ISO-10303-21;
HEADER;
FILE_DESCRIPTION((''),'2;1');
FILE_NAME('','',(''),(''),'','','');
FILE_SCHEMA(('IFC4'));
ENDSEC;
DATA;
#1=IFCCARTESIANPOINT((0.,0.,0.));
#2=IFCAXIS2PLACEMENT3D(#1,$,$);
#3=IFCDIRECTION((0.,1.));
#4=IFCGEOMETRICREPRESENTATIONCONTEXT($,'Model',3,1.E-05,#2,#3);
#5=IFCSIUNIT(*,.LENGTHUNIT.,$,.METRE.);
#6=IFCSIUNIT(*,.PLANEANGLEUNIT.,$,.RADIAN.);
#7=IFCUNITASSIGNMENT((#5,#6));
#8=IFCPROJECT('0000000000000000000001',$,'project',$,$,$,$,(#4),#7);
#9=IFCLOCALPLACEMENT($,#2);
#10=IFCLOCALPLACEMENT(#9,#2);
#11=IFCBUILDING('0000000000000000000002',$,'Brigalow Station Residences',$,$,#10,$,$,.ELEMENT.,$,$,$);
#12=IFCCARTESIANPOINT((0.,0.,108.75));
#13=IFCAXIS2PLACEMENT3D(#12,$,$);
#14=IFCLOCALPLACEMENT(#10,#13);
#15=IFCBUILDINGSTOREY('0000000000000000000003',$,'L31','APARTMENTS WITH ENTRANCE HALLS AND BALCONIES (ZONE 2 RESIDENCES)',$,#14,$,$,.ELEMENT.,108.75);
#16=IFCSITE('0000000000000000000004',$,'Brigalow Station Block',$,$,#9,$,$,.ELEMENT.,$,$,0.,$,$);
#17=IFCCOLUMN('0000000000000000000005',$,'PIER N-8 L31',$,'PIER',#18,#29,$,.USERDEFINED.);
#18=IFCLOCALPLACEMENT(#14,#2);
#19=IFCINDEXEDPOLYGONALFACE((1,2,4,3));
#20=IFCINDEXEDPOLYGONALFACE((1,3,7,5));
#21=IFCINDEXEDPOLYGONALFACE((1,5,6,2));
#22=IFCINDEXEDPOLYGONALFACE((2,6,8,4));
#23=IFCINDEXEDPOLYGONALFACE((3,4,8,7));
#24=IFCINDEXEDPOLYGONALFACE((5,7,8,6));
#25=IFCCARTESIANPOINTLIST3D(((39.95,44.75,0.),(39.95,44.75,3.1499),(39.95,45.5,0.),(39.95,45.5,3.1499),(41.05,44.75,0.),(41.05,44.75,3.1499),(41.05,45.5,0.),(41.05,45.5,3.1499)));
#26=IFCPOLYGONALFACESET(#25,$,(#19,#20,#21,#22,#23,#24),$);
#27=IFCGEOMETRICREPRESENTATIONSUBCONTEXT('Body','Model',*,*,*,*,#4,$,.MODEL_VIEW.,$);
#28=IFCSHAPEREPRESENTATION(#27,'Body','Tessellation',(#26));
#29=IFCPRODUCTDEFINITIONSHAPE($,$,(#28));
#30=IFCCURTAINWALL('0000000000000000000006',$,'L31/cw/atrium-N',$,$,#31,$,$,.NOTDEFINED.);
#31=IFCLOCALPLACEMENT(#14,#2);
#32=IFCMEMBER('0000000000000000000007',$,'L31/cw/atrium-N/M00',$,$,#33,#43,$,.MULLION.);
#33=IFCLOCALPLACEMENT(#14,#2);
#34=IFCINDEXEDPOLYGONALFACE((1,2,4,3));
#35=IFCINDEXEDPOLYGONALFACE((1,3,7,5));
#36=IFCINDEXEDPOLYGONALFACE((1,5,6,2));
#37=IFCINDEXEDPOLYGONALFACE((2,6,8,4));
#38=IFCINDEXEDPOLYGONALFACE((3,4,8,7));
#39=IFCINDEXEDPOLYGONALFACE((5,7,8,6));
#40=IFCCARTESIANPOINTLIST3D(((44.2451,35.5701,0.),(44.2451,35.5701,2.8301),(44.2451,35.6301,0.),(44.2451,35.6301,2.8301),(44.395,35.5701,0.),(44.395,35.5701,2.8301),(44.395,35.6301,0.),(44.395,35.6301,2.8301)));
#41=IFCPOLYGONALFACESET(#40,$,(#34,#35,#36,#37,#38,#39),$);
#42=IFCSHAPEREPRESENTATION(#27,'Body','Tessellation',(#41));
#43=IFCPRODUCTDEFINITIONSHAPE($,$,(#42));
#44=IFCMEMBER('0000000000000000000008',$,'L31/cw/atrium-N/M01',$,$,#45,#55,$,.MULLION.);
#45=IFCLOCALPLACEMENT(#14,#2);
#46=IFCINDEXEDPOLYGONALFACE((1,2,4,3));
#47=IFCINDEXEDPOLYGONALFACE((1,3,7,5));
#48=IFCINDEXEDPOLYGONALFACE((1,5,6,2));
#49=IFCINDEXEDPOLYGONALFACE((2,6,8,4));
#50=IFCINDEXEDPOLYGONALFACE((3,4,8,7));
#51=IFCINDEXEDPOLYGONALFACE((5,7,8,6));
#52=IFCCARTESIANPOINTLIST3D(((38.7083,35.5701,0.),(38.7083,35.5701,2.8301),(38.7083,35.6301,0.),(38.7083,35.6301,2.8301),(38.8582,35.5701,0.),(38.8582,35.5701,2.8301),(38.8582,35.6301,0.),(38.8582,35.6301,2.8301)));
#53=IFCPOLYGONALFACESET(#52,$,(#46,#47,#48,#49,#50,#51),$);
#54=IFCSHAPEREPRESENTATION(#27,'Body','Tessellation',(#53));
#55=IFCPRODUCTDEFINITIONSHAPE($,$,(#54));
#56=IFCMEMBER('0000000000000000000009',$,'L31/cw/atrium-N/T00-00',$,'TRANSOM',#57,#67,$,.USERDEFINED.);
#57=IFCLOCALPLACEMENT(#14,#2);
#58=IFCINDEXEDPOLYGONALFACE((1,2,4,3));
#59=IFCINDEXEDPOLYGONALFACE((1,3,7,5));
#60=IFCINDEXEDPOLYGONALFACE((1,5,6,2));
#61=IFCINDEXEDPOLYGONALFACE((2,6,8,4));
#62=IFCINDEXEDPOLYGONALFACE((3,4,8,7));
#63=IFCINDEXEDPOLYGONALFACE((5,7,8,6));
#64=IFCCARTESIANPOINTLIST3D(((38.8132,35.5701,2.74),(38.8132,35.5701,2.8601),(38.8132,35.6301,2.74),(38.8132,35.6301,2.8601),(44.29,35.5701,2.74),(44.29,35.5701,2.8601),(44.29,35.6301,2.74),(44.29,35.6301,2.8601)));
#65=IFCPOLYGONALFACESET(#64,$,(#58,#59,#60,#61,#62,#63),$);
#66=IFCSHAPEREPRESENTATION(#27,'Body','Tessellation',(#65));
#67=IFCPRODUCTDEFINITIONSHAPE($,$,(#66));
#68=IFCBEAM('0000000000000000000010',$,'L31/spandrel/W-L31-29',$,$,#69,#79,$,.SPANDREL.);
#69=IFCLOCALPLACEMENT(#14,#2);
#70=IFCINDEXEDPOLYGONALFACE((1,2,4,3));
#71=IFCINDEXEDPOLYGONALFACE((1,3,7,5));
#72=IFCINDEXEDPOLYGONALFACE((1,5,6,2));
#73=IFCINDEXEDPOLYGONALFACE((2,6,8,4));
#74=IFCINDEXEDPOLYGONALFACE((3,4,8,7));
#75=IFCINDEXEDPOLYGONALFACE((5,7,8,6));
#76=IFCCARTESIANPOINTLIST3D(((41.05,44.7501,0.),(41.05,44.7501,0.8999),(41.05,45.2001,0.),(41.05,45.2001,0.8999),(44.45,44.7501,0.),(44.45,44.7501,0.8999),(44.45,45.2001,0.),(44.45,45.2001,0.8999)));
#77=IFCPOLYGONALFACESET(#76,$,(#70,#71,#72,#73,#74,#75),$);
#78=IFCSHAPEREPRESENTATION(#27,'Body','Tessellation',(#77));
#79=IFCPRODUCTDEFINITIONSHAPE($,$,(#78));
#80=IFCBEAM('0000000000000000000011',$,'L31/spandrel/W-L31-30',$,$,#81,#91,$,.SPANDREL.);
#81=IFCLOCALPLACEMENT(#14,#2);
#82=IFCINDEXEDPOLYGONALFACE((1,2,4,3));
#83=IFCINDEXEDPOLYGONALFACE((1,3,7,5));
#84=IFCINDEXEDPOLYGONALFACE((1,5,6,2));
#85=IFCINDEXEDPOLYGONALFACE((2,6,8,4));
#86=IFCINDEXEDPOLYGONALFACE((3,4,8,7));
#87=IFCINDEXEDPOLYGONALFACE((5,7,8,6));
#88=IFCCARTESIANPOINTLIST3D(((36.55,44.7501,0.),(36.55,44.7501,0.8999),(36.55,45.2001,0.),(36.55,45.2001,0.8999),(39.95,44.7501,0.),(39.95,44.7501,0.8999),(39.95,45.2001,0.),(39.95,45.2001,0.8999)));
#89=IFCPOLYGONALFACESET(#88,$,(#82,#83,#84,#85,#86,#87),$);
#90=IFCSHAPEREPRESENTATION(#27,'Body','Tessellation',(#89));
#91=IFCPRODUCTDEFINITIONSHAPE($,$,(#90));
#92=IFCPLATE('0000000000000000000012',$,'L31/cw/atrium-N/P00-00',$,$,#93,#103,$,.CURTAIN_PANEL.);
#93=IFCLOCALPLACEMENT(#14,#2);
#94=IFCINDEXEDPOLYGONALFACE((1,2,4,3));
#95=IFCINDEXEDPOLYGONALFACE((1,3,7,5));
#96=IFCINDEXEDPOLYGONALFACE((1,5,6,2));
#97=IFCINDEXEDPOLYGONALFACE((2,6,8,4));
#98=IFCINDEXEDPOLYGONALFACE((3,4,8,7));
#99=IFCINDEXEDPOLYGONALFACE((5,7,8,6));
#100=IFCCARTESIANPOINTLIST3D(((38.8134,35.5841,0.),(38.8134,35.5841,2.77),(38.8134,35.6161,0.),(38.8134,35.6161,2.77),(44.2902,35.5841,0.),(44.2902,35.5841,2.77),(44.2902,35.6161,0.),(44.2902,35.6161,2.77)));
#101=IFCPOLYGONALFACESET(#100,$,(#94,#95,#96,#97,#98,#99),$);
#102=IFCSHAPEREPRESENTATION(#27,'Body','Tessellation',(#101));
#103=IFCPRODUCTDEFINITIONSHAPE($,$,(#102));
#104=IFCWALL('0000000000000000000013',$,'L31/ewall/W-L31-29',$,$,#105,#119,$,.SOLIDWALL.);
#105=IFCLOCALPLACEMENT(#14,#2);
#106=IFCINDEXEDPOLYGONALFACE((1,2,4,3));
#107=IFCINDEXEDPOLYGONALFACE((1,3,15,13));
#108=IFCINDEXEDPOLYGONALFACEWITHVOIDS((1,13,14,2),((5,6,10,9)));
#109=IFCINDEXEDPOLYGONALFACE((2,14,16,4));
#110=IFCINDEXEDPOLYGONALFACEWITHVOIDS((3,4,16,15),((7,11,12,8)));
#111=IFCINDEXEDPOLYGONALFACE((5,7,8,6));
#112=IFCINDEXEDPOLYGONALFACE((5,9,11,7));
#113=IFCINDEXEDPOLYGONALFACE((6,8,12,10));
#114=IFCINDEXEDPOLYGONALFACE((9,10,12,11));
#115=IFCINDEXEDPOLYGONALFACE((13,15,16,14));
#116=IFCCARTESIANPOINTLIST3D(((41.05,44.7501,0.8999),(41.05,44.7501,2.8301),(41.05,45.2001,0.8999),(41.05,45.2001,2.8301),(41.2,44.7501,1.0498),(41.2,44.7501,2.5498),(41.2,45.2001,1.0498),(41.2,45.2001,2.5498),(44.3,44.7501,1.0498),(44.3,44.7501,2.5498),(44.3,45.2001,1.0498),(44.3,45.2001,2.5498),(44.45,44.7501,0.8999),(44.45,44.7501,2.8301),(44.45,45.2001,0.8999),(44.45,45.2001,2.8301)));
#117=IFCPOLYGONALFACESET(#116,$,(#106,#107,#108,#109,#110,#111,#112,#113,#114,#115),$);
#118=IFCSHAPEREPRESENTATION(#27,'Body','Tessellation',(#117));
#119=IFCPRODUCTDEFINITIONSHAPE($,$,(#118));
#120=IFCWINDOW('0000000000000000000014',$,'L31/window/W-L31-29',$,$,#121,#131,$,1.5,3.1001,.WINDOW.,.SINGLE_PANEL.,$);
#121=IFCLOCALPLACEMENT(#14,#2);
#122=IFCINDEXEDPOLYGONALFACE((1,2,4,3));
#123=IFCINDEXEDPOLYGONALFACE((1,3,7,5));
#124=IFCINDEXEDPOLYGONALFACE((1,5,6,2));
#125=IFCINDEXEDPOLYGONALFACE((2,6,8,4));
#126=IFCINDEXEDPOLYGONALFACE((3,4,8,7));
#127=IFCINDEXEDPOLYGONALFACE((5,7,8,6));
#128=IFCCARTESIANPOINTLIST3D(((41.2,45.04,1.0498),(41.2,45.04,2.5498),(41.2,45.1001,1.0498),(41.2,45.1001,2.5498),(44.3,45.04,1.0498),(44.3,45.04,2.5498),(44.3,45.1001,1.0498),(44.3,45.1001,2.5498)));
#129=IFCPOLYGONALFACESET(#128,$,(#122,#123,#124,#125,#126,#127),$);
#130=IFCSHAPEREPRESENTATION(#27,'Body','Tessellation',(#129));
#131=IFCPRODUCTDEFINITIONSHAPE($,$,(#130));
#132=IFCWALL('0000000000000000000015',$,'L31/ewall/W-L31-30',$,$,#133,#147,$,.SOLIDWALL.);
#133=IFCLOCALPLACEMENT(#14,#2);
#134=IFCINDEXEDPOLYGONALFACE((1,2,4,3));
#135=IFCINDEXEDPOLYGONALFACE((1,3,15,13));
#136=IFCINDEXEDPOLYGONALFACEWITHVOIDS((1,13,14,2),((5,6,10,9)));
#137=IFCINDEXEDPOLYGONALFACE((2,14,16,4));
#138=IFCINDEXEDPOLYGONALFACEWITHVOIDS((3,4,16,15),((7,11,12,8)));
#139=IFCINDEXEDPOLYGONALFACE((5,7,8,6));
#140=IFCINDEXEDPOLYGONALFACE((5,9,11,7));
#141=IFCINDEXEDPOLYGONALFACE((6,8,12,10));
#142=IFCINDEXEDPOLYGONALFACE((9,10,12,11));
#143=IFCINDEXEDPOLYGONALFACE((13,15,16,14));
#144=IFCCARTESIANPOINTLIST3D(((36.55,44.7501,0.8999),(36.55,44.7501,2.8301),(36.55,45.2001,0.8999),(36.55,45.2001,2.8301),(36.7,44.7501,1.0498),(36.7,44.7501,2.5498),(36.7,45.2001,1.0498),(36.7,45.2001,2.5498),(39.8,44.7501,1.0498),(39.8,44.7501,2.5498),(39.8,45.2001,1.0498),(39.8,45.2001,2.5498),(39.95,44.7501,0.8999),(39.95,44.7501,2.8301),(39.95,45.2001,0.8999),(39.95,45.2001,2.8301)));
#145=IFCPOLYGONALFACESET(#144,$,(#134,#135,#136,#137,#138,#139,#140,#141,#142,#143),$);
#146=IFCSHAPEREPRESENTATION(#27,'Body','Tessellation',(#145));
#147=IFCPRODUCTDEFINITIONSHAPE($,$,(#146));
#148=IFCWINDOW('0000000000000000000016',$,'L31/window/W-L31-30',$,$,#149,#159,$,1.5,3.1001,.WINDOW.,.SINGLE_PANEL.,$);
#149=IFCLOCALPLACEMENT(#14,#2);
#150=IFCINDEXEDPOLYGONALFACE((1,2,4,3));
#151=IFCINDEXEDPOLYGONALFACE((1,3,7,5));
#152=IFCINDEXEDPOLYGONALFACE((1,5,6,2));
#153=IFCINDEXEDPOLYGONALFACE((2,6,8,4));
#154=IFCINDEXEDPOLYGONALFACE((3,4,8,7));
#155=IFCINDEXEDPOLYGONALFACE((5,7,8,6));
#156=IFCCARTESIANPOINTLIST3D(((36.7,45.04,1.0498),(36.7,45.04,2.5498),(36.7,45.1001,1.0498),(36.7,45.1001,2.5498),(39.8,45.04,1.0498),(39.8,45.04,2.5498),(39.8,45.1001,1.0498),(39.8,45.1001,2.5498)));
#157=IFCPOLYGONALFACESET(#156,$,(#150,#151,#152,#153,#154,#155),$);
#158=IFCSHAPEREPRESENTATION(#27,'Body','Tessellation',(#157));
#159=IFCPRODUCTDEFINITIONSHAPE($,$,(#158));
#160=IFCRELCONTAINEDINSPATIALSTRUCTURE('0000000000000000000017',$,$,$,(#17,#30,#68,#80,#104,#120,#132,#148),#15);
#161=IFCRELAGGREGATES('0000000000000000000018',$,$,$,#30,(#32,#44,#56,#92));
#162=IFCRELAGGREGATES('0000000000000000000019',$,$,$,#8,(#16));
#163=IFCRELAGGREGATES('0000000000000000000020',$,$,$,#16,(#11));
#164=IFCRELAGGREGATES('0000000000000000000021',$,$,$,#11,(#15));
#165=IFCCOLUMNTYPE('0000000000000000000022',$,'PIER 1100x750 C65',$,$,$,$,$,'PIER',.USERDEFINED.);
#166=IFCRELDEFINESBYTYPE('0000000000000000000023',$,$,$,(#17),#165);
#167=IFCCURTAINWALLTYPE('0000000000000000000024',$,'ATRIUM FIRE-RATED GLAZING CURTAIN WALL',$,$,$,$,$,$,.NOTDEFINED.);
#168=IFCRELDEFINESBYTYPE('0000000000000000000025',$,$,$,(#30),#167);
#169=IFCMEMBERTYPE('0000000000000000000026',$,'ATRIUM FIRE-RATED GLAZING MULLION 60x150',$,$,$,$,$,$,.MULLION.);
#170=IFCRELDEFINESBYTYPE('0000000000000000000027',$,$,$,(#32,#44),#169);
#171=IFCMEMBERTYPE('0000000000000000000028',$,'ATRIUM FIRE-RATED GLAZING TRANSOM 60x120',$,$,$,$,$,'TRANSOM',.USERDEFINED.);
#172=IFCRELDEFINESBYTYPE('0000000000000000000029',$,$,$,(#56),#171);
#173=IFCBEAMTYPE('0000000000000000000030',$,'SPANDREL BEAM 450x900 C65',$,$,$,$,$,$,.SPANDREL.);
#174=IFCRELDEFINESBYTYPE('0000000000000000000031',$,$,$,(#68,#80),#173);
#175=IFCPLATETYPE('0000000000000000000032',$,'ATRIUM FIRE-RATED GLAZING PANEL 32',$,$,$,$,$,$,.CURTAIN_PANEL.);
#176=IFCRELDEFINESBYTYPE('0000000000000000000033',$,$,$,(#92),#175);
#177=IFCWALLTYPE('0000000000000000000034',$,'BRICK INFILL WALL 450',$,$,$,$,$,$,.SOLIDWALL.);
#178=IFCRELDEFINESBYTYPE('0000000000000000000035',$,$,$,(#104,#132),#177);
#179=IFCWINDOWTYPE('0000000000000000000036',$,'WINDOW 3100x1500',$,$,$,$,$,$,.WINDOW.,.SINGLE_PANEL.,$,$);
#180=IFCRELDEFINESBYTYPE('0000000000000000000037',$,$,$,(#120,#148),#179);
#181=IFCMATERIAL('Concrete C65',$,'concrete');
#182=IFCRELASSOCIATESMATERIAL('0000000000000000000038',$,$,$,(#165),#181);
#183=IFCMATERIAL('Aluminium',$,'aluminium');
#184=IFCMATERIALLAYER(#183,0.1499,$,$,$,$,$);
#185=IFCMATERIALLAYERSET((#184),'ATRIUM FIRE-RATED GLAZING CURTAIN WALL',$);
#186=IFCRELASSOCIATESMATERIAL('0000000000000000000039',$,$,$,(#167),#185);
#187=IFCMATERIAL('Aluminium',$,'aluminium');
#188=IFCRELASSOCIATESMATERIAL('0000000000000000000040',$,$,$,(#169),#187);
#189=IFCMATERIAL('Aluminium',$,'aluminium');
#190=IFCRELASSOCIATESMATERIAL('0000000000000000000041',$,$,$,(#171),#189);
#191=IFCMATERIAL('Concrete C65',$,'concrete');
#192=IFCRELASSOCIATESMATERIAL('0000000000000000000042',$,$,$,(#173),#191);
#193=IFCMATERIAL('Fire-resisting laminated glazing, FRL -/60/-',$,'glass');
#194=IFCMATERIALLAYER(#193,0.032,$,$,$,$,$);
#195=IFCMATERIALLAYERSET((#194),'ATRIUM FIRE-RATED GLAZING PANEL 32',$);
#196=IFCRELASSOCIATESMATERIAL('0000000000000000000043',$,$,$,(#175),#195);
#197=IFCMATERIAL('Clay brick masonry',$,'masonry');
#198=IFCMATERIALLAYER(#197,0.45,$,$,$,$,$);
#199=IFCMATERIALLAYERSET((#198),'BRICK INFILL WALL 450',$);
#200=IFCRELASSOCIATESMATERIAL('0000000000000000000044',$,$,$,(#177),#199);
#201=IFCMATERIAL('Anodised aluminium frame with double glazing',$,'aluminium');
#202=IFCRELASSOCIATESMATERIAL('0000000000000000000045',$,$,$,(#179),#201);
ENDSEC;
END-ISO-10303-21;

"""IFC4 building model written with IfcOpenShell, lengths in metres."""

from ifc_helpers import new_model, si_unit, direction, frame, frame_2d, origin, origin_2d, place, context, subcontext, project, spatial, rectangle, extrude, material, layer, layer_set, material_profile, profile_set, type_object, element, fill, aggregate, save


model = new_model("IFC4")

# Units and contexts
model_context = context("Model", 3, precision=1e-05, world=origin(), true_north=direction((0.0, 1.0)))
body_context = subcontext(model_context, "Body", "Model", "MODEL_VIEW")
ifc_project = project(units=[si_unit("LENGTHUNIT", "METRE"), si_unit("PLANEANGLEUNIT", "RADIAN")], contexts=[model_context])

# Site, building, storey
site_placement = place(None, origin())
site = spatial("IfcSite", under=ifc_project, at=site_placement, Name="Brigalow Station Block", CompositionType="ELEMENT", RefElevation=0.0)
building_placement = place(site_placement, origin())
building = spatial("IfcBuilding", under=site, at=building_placement, Name="Brigalow Station Residences", CompositionType="ELEMENT")
storey_placement = place(building_placement, frame((0.0, 0.0, 108.75)))
storey = spatial("IfcBuildingStorey", under=building, at=storey_placement, Name="L31", Description="APARTMENTS WITH ENTRANCE HALLS AND BALCONIES (ZONE 2 RESIDENCES)", CompositionType="ELEMENT", Elevation=108.75)

# Column
ifc_material_1 = material(Name="Concrete C65", Category="concrete")
ifc_material_profile_1 = material_profile(ifc_material_1, rectangle(XDim=1.1001, YDim=0.75, at=origin_2d()), Name="RC1100x750")
ifc_profile_set_1 = profile_set([ifc_material_profile_1], Name="Concrete C65")
column_type = type_object("IfcColumnType", Name="PIER 1100x750 C65", ElementType="PIER", PredefinedType="USERDEFINED", material=ifc_profile_set_1)
column_placement = place(storey_placement, frame((40.5, 45.125, 0.0), z_axis=(0.0, 0.0, 1.0), x_axis=(-1.0, 0.0, 0.0)))
element("IfcColumn", 1, at=column_placement, inside=storey, type_object=column_type, Name="PIER N-8 L31", ObjectType="PIER", PredefinedType="USERDEFINED", context=body_context, shape_type="SweptSolid", body=[
    extrude(rectangle(XDim=1.1001, YDim=0.75, at=origin_2d()), origin(), (0.0, 0.0, 1.0), 3.1499),
])

# Curtain wall, members
ifc_material_2 = material(Name="Aluminium", Category="aluminium")
ifc_layer_1 = layer(ifc_material_2, 0.1499)
ifc_layer_set_1 = layer_set([ifc_layer_1], Name="ATRIUM FIRE-RATED GLAZING CURTAIN WALL")
curtain_wall_type = type_object("IfcCurtainWallType", Name="ATRIUM FIRE-RATED GLAZING CURTAIN WALL", PredefinedType="NOTDEFINED", material=ifc_layer_set_1)
curtain_wall_placement = place(storey_placement, origin())
curtain_wall = element("IfcCurtainWall", 2, at=curtain_wall_placement, inside=storey, type_object=curtain_wall_type, Name="L31/cw/atrium-N", PredefinedType="NOTDEFINED")
ifc_material_3 = material(Name="Aluminium", Category="aluminium")
ifc_material_profile_2 = material_profile(ifc_material_3, rectangle(XDim=0.0601, YDim=0.1499, at=origin_2d()), Name="ATRIUM FIRE-RATED GLAZING MULLION 60x150")
ifc_profile_set_2 = profile_set([ifc_material_profile_2], Name="Aluminium")
member_type_1 = type_object("IfcMemberType", Name="ATRIUM FIRE-RATED GLAZING MULLION 60x150", PredefinedType="MULLION", material=ifc_profile_set_2)
member_1_placement = place(storey_placement, frame((44.3201, 35.6001, 0.0), z_axis=(0.0, 0.0, 1.0), x_axis=(0.0, -1.0, 0.0)))
member_1 = element("IfcMember", 3, at=member_1_placement, type_object=member_type_1, Name="L31/cw/atrium-N/M00", PredefinedType="MULLION", context=body_context, shape_type="SweptSolid", body=[
    extrude(rectangle(XDim=0.0601, YDim=0.1499, at=origin_2d()), origin(), (0.0, 0.0, 1.0), 2.8301),
])
member_2_placement = place(storey_placement, frame((38.7832, 35.6001, 0.0), z_axis=(0.0, 0.0, 1.0), x_axis=(0.0, -1.0, 0.0)))
member_2 = element("IfcMember", 4, at=member_2_placement, type_object=member_type_1, Name="L31/cw/atrium-N/M01", PredefinedType="MULLION", context=body_context, shape_type="SweptSolid", body=[
    extrude(rectangle(XDim=0.0601, YDim=0.1499, at=origin_2d()), origin(), (0.0, 0.0, 1.0), 2.8301),
])
ifc_material_4 = material(Name="Aluminium", Category="aluminium")
ifc_material_profile_3 = material_profile(ifc_material_4, rectangle(XDim=0.0601, YDim=0.1201, at=origin_2d()), Name="ATRIUM FIRE-RATED GLAZING TRANSOM 60x120")
ifc_profile_set_3 = profile_set([ifc_material_profile_3], Name="Aluminium")
member_type_2 = type_object("IfcMemberType", Name="ATRIUM FIRE-RATED GLAZING TRANSOM 60x120", ElementType="TRANSOM", PredefinedType="USERDEFINED", material=ifc_profile_set_3)
member_3_placement = place(storey_placement, frame((44.29, 35.6001, 2.8), z_axis=(-1.0, 0.0, 0.0), x_axis=(0.0, -1.0, 0.0)))
member_3 = element("IfcMember", 5, at=member_3_placement, type_object=member_type_2, Name="L31/cw/atrium-N/T00-00", ObjectType="TRANSOM", PredefinedType="USERDEFINED", context=body_context, shape_type="SweptSolid", body=[
    extrude(rectangle(XDim=0.0601, YDim=0.1201, at=origin_2d()), origin(), (0.0, 0.0, 1.0), 5.4768),
])

# Beams
ifc_material_5 = material(Name="Concrete C65", Category="concrete")
ifc_material_profile_4 = material_profile(ifc_material_5, rectangle(XDim=0.45, YDim=0.8999, at=origin_2d()), Name="RC450x900")
ifc_profile_set_4 = profile_set([ifc_material_profile_4], Name="Concrete C65")
beam_type = type_object("IfcBeamType", Name="SPANDREL BEAM 450x900 C65", PredefinedType="SPANDREL", material=ifc_profile_set_4)
for number, where, z_axis, x_axis, name in (
    (6, (44.45, 44.9751, 0.45), (-1.0, 0.0, 0.0), (0.0, -1.0, 0.0), "L31/spandrel/W-L31-29"),
    (7, (39.95, 44.9751, 0.45), (-1.0, 0.0, 0.0), (0.0, -1.0, 0.0), "L31/spandrel/W-L31-30"),
):
    element("IfcBeam", number, at=place(storey_placement, frame(where, z_axis=z_axis, x_axis=x_axis)), inside=storey, type_object=beam_type, Name=name, PredefinedType="SPANDREL", context=body_context, shape_type="SweptSolid", body=[
        extrude(rectangle(XDim=0.45, YDim=0.8999, at=origin_2d()), origin(), (0.0, 0.0, 1.0), 3.3999),
    ])

# Plate
ifc_material_6 = material(Name="Fire-resisting laminated glazing, FRL -/60/-", Category="glass")
ifc_layer_2 = layer(ifc_material_6, 0.032)
ifc_layer_set_2 = layer_set([ifc_layer_2], Name="ATRIUM FIRE-RATED GLAZING PANEL 32")
plate_type = type_object("IfcPlateType", Name="ATRIUM FIRE-RATED GLAZING PANEL 32", PredefinedType="CURTAIN_PANEL", material=ifc_layer_set_2)
plate_placement = place(storey_placement, frame((41.5518, 35.6001, 0.0), z_axis=(0.0, 0.0, 1.0), x_axis=(-1.0, 0.0, 0.0)))
plate = element("IfcPlate", 8, at=plate_placement, type_object=plate_type, Name="L31/cw/atrium-N/P00-00", PredefinedType="CURTAIN_PANEL", context=body_context, shape_type="SweptSolid", body=[
    extrude(rectangle(XDim=5.4768, YDim=0.032, at=origin_2d()), origin(), (0.0, 0.0, 1.0), 2.77),
])
aggregate(curtain_wall, [member_1, member_2, member_3, plate])

# Walls, openings, windows
ifc_material_7 = material(Name="Clay brick masonry", Category="masonry")
ifc_layer_3 = layer(ifc_material_7, 0.45)
ifc_layer_set_3 = layer_set([ifc_layer_3], Name="BRICK INFILL WALL 450")
wall_type_1 = type_object("IfcWallType", Name="BRICK INFILL WALL 450", PredefinedType="SOLIDWALL", material=ifc_layer_set_3)
wall_1_placement = place(storey_placement, frame((44.45, 44.9751, 0.8999), z_axis=(0.0, 0.0, 1.0), x_axis=(-1.0, 0.0, 0.0)))
wall_1 = element("IfcWall", 9, at=wall_1_placement, inside=storey, type_object=wall_type_1, Name="L31/ewall/W-L31-29", PredefinedType="SOLIDWALL", context=body_context, shape_type="SweptSolid", body=[
    extrude(rectangle(XDim=3.3999, YDim=0.45, at=frame_2d((1.7, 0.0))), origin(), (0.0, 0.0, 1.0), 1.9302),
])
opening_1_placement = place(wall_1_placement, frame((0.1499, 0.0, 0.1499)))
opening_1 = element("IfcOpeningElement", 10, at=opening_1_placement, cuts=wall_1, PredefinedType="OPENING", context=body_context, shape_type="SweptSolid", body=[
    extrude(rectangle(XDim=3.1001, YDim=1.5, at=frame_2d((1.55, 0.75))), frame((0.0, 0.2349, 0.0), z_axis=(0.0, -1.0, 0.0), x_axis=(1.0, 0.0, 0.0)), (0.0, 0.0, 1.0), 0.47),
])
ifc_material_8 = material(Name="Anodised aluminium frame with double glazing", Category="aluminium")
window_type = type_object("IfcWindowType", Name="WINDOW 3100x1500", PartitioningType="SINGLE_PANEL", PredefinedType="WINDOW", material=ifc_material_8)
window_1_placement = place(opening_1_placement, origin())
window_1 = element("IfcWindow", 11, at=window_1_placement, inside=storey, type_object=window_type, Name="L31/window/W-L31-29", OverallHeight=1.5, OverallWidth=3.1001, PartitioningType="SINGLE_PANEL", PredefinedType="WINDOW", context=body_context, shape_type="SweptSolid", body=[
    extrude(rectangle(XDim=3.1001, YDim=1.5, at=frame_2d((1.55, 0.75))), frame((0.0, -0.0649, 0.0), z_axis=(0.0, -1.0, 0.0), x_axis=(1.0, 0.0, 0.0)), (0.0, 0.0, 1.0), 0.0601),
])
fill(opening_1, window_1)
wall_2_placement = place(storey_placement, frame((39.95, 44.9751, 0.8999), z_axis=(0.0, 0.0, 1.0), x_axis=(-1.0, 0.0, 0.0)))
wall_2 = element("IfcWall", 12, at=wall_2_placement, inside=storey, type_object=wall_type_1, Name="L31/ewall/W-L31-30", PredefinedType="SOLIDWALL", context=body_context, shape_type="SweptSolid", body=[
    extrude(rectangle(XDim=3.3999, YDim=0.45, at=frame_2d((1.7, 0.0))), origin(), (0.0, 0.0, 1.0), 1.9302),
])
opening_2_placement = place(wall_2_placement, frame((0.1499, 0.0, 0.1499)))
opening_2 = element("IfcOpeningElement", 13, at=opening_2_placement, cuts=wall_2, PredefinedType="OPENING", context=body_context, shape_type="SweptSolid", body=[
    extrude(rectangle(XDim=3.1001, YDim=1.5, at=frame_2d((1.55, 0.75))), frame((0.0, 0.2349, 0.0), z_axis=(0.0, -1.0, 0.0), x_axis=(1.0, 0.0, 0.0)), (0.0, 0.0, 1.0), 0.47),
])
window_2_placement = place(opening_2_placement, origin())
window_2 = element("IfcWindow", 14, at=window_2_placement, inside=storey, type_object=window_type, Name="L31/window/W-L31-30", OverallHeight=1.5, OverallWidth=3.1001, PartitioningType="SINGLE_PANEL", PredefinedType="WINDOW", context=body_context, shape_type="SweptSolid", body=[
    extrude(rectangle(XDim=3.1001, YDim=1.5, at=frame_2d((1.55, 0.75))), frame((0.0, -0.0649, 0.0), z_axis=(0.0, -1.0, 0.0), x_axis=(1.0, 0.0, 0.0)), (0.0, 0.0, 1.0), 0.0601),
])
fill(opening_2, window_2)

save(model, "model.ifc")
